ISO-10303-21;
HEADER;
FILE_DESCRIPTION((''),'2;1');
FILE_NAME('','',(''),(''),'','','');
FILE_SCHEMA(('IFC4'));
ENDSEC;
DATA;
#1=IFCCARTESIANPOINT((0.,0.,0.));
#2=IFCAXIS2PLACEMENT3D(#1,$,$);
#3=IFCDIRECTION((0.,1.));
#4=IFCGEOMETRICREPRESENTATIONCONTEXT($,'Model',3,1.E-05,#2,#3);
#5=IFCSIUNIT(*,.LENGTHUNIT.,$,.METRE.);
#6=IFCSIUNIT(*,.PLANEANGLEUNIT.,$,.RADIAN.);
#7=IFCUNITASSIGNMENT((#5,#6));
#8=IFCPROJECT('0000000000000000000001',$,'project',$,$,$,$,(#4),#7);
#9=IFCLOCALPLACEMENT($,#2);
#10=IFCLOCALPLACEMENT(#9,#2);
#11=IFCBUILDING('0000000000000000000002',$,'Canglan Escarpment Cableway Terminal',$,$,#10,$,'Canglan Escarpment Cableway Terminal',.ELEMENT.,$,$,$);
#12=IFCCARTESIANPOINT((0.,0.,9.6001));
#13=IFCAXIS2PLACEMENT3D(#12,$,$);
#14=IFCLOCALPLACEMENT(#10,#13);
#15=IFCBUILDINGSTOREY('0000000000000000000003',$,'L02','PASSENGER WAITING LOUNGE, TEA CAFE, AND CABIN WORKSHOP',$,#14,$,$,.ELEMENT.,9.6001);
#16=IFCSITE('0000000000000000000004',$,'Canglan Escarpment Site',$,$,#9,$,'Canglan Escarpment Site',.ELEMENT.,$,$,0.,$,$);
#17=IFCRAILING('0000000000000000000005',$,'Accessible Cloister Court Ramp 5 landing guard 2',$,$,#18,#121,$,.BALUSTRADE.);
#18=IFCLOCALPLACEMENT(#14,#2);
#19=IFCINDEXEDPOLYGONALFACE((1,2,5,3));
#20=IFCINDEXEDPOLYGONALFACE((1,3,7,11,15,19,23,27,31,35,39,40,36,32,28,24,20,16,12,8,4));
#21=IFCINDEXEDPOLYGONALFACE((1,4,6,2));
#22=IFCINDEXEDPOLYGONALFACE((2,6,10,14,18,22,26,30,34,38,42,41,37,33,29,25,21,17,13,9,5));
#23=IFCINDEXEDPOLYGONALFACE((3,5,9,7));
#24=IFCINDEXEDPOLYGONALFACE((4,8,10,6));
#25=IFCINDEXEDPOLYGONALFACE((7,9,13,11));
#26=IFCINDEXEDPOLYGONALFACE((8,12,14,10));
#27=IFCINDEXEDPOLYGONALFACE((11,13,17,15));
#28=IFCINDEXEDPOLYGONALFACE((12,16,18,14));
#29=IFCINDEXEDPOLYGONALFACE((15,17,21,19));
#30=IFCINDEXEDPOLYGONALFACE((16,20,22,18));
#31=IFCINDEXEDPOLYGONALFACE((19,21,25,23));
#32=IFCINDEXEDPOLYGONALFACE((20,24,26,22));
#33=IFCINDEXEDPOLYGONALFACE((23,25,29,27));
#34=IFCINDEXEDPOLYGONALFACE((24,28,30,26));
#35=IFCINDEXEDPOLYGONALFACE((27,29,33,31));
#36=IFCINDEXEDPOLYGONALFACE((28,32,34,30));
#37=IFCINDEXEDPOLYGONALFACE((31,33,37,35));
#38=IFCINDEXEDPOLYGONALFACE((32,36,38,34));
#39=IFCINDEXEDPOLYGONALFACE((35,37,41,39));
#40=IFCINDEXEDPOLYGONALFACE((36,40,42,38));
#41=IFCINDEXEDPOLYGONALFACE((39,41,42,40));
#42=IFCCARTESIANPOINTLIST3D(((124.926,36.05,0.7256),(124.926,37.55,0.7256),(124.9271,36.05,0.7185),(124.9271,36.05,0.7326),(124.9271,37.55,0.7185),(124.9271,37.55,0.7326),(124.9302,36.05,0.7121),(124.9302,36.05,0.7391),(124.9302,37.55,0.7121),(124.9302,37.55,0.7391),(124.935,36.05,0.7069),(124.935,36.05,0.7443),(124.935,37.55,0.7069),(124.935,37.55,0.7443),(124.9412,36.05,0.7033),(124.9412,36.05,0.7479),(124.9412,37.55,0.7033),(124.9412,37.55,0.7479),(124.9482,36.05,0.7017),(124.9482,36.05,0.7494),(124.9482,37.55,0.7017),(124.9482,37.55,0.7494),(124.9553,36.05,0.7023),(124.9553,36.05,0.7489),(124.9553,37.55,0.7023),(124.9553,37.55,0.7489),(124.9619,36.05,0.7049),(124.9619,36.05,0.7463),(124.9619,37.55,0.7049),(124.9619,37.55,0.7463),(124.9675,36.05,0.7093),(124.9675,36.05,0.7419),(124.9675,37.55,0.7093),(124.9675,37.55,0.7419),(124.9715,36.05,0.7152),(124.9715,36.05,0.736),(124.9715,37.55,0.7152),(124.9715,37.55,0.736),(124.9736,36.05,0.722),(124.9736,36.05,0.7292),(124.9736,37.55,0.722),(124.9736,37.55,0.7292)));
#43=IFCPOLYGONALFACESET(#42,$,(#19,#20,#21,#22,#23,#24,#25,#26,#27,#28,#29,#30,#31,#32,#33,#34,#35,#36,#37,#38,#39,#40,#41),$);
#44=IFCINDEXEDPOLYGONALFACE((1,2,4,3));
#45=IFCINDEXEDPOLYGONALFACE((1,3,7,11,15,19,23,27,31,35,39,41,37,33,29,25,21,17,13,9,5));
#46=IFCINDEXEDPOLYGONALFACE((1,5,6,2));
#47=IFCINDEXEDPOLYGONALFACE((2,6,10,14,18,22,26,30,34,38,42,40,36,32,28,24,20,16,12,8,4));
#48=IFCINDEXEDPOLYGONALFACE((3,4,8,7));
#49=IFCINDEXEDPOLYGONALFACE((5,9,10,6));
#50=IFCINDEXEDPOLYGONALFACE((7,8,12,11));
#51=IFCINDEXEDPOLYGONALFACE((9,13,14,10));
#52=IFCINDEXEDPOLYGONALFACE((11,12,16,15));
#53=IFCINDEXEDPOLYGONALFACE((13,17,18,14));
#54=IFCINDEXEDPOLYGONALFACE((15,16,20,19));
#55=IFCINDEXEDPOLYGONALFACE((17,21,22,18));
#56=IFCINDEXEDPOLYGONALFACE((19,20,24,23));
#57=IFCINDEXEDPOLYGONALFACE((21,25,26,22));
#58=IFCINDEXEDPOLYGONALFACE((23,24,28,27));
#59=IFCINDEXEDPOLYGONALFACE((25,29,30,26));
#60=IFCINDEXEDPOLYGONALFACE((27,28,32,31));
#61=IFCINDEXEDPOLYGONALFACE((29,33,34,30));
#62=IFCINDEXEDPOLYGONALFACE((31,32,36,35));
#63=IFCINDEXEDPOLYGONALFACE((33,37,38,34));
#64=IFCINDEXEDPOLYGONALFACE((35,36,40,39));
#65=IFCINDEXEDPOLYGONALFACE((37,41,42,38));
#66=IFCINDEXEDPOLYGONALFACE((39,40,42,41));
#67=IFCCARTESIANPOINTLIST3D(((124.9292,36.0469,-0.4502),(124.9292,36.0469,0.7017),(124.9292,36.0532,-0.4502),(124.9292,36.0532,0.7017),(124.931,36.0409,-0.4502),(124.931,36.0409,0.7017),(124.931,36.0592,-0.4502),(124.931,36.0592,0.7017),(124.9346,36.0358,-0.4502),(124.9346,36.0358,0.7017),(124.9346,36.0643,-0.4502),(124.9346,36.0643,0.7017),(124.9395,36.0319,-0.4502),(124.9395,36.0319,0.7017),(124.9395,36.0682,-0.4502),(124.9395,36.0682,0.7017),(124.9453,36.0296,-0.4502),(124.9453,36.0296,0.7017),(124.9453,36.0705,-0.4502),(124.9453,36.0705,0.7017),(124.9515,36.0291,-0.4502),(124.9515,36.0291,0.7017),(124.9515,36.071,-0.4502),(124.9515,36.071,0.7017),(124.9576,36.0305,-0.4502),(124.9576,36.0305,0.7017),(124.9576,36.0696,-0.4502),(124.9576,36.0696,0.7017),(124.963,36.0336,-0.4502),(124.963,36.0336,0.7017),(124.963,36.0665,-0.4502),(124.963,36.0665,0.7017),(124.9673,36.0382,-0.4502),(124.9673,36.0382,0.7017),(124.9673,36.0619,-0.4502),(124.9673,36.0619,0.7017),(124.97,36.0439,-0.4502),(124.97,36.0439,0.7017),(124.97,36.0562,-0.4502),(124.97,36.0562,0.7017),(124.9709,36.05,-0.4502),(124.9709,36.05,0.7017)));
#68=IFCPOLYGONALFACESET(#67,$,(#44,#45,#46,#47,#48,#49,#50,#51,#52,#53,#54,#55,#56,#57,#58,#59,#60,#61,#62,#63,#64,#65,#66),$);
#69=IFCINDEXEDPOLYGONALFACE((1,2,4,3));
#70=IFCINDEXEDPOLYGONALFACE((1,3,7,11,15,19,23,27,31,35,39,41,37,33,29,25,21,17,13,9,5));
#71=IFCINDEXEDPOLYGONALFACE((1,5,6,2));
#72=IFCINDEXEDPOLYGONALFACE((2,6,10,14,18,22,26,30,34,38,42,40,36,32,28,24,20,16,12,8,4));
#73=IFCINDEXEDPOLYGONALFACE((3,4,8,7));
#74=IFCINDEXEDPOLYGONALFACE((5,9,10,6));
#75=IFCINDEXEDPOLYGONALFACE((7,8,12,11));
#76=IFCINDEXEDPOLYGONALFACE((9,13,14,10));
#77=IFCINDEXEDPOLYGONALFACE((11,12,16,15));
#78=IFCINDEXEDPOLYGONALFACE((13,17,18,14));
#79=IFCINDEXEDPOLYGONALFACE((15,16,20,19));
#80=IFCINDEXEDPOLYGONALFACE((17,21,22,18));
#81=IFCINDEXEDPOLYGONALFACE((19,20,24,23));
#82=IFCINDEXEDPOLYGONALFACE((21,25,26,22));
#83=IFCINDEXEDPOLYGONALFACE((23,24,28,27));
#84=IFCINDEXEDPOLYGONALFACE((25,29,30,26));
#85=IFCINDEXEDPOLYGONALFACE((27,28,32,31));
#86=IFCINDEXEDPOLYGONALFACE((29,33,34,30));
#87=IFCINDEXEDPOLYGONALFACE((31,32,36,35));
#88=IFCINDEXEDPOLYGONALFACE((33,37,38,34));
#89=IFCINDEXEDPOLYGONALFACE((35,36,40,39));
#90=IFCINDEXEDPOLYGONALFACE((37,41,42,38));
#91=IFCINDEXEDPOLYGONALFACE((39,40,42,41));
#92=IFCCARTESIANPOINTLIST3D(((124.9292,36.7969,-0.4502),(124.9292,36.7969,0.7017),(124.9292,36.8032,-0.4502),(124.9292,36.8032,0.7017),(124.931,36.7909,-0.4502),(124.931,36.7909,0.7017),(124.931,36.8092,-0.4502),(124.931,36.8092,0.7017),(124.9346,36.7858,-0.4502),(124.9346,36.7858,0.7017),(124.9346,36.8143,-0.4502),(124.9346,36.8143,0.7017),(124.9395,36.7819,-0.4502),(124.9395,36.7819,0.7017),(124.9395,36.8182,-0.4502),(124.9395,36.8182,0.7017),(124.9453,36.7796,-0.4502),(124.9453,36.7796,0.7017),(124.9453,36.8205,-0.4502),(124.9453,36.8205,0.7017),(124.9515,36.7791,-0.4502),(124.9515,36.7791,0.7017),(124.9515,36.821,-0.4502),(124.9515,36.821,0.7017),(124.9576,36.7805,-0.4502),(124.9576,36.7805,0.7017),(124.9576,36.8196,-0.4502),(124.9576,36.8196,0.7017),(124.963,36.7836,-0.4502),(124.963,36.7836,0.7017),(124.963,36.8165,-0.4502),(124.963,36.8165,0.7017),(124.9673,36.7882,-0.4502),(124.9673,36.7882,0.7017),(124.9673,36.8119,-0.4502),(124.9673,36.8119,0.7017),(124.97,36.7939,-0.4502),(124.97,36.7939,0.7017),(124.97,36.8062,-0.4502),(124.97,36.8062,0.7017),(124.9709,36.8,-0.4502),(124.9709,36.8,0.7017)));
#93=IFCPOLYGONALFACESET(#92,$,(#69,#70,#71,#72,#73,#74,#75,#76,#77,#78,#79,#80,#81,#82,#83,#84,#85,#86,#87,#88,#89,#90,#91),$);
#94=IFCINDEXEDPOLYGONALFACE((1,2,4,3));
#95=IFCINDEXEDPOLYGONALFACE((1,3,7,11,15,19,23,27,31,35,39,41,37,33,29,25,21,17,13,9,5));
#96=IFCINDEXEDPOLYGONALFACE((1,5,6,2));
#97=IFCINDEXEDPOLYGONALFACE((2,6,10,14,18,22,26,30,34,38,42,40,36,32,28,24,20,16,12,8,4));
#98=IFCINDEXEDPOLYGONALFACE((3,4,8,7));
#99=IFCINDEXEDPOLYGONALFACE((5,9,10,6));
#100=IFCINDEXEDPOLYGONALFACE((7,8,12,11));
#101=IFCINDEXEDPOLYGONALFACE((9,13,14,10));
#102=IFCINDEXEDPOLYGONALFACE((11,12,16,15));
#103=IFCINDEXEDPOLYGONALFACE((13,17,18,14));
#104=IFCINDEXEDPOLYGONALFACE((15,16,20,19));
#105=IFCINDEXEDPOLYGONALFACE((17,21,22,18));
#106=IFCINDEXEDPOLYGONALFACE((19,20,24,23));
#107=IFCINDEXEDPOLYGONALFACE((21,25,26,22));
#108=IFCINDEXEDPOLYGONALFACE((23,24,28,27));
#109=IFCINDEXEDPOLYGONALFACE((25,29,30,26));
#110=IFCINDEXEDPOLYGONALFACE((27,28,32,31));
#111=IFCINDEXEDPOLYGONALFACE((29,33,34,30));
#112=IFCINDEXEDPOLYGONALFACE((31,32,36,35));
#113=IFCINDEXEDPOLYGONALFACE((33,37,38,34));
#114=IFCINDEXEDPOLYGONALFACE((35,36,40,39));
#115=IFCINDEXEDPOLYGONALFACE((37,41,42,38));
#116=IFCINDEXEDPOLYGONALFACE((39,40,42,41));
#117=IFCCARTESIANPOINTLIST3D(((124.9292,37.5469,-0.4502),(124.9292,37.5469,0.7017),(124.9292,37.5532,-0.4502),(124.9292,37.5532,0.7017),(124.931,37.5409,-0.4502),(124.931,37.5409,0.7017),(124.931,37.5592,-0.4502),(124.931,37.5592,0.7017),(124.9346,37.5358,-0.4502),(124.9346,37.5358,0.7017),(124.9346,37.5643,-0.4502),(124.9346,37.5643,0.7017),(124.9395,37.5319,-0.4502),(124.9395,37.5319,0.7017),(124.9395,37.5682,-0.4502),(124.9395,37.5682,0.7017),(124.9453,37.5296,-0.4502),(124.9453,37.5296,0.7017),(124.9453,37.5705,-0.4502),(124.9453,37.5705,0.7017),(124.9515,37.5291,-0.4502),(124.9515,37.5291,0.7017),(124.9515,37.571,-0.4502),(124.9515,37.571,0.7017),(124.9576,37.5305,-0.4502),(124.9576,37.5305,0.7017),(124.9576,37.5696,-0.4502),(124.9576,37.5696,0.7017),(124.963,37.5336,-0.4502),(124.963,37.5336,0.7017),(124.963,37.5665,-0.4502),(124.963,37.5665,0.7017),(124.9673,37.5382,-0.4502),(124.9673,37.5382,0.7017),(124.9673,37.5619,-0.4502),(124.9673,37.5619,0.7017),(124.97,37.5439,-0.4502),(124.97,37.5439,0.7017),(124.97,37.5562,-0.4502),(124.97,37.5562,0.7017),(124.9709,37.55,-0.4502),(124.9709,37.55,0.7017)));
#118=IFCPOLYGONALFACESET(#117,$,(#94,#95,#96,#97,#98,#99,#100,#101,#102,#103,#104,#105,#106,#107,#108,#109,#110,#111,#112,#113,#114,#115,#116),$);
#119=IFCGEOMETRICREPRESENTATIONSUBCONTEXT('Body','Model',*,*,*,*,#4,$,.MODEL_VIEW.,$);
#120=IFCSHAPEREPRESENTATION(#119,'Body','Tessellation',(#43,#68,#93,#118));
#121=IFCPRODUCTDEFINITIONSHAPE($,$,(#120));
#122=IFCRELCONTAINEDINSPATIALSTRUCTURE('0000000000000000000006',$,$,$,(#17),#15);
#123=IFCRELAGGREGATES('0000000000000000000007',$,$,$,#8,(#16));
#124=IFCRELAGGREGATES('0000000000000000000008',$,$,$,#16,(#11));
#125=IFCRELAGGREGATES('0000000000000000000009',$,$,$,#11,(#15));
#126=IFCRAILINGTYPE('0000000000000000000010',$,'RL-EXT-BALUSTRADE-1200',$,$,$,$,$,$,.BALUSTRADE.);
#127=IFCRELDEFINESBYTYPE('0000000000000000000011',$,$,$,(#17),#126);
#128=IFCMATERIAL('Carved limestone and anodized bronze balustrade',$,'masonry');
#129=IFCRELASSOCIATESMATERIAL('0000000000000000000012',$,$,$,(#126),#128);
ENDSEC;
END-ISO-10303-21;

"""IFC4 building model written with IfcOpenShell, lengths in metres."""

from ifc_helpers import new_model, si_unit, direction, frame, origin, origin_2d, place, context, subcontext, project, spatial, circle, extrude, material, type_object, element, save


model = new_model("IFC4")

# Units and contexts
model_context = context("Model", 3, precision=1e-05, world=origin(), true_north=direction((0.0, 1.0)))
body_context = subcontext(model_context, "Body", "Model", "MODEL_VIEW")
ifc_project = project(units=[si_unit("LENGTHUNIT", "METRE"), si_unit("PLANEANGLEUNIT", "RADIAN")], contexts=[model_context])

# Site, building, storey
site_placement = place(None, origin())
site = spatial("IfcSite", under=ifc_project, at=site_placement, Name="Canglan Escarpment Site", LongName="Canglan Escarpment Site", CompositionType="ELEMENT", RefElevation=0.0)
building_placement = place(site_placement, origin())
building = spatial("IfcBuilding", under=site, at=building_placement, Name="Canglan Escarpment Cableway Terminal", LongName="Canglan Escarpment Cableway Terminal", CompositionType="ELEMENT")
storey_placement = place(building_placement, frame((0.0, 0.0, 9.6001)))
storey = spatial("IfcBuildingStorey", under=building, at=storey_placement, Name="L02", Description="PASSENGER WAITING LOUNGE, TEA CAFE, AND CABIN WORKSHOP", CompositionType="ELEMENT", Elevation=9.6001)

# Railing
ifc_material_1 = material(Name="Carved limestone and anodized bronze balustrade", Category="masonry")
railing_type_1 = type_object("IfcRailingType", Name="RL-EXT-BALUSTRADE-1200", PredefinedType="BALUSTRADE", material=ifc_material_1)
railing_1_placement = place(storey_placement, frame((124.95, 36.05, -0.4502)))
element("IfcRailing", 1, at=railing_1_placement, inside=storey, type_object=railing_type_1, Name="Accessible Cloister Court Ramp 5 landing guard 2", PredefinedType="BALUSTRADE", context=body_context, shape_type="SweptSolid", body=[
    extrude(circle(Radius=0.0239, at=origin_2d()), frame((0.0, 0.0, 1.1758), z_axis=(0.0, 1.0, 0.0), x_axis=(-1.0, 0.0, 0.0)), (0.0, 0.0, 1.0), 1.5),
    extrude(circle(Radius=0.021, at=origin_2d()), origin(), (0.0, 0.0, 1.0), 1.1519),
    extrude(circle(Radius=0.021, at=origin_2d()), frame((0.0, 0.75, 0.0)), (0.0, 0.0, 1.0), 1.1519),
    extrude(circle(Radius=0.021, at=origin_2d()), frame((0.0, 1.5, 0.0)), (0.0, 0.0, 1.0), 1.1519),
])

save(model, "model.ifc")
